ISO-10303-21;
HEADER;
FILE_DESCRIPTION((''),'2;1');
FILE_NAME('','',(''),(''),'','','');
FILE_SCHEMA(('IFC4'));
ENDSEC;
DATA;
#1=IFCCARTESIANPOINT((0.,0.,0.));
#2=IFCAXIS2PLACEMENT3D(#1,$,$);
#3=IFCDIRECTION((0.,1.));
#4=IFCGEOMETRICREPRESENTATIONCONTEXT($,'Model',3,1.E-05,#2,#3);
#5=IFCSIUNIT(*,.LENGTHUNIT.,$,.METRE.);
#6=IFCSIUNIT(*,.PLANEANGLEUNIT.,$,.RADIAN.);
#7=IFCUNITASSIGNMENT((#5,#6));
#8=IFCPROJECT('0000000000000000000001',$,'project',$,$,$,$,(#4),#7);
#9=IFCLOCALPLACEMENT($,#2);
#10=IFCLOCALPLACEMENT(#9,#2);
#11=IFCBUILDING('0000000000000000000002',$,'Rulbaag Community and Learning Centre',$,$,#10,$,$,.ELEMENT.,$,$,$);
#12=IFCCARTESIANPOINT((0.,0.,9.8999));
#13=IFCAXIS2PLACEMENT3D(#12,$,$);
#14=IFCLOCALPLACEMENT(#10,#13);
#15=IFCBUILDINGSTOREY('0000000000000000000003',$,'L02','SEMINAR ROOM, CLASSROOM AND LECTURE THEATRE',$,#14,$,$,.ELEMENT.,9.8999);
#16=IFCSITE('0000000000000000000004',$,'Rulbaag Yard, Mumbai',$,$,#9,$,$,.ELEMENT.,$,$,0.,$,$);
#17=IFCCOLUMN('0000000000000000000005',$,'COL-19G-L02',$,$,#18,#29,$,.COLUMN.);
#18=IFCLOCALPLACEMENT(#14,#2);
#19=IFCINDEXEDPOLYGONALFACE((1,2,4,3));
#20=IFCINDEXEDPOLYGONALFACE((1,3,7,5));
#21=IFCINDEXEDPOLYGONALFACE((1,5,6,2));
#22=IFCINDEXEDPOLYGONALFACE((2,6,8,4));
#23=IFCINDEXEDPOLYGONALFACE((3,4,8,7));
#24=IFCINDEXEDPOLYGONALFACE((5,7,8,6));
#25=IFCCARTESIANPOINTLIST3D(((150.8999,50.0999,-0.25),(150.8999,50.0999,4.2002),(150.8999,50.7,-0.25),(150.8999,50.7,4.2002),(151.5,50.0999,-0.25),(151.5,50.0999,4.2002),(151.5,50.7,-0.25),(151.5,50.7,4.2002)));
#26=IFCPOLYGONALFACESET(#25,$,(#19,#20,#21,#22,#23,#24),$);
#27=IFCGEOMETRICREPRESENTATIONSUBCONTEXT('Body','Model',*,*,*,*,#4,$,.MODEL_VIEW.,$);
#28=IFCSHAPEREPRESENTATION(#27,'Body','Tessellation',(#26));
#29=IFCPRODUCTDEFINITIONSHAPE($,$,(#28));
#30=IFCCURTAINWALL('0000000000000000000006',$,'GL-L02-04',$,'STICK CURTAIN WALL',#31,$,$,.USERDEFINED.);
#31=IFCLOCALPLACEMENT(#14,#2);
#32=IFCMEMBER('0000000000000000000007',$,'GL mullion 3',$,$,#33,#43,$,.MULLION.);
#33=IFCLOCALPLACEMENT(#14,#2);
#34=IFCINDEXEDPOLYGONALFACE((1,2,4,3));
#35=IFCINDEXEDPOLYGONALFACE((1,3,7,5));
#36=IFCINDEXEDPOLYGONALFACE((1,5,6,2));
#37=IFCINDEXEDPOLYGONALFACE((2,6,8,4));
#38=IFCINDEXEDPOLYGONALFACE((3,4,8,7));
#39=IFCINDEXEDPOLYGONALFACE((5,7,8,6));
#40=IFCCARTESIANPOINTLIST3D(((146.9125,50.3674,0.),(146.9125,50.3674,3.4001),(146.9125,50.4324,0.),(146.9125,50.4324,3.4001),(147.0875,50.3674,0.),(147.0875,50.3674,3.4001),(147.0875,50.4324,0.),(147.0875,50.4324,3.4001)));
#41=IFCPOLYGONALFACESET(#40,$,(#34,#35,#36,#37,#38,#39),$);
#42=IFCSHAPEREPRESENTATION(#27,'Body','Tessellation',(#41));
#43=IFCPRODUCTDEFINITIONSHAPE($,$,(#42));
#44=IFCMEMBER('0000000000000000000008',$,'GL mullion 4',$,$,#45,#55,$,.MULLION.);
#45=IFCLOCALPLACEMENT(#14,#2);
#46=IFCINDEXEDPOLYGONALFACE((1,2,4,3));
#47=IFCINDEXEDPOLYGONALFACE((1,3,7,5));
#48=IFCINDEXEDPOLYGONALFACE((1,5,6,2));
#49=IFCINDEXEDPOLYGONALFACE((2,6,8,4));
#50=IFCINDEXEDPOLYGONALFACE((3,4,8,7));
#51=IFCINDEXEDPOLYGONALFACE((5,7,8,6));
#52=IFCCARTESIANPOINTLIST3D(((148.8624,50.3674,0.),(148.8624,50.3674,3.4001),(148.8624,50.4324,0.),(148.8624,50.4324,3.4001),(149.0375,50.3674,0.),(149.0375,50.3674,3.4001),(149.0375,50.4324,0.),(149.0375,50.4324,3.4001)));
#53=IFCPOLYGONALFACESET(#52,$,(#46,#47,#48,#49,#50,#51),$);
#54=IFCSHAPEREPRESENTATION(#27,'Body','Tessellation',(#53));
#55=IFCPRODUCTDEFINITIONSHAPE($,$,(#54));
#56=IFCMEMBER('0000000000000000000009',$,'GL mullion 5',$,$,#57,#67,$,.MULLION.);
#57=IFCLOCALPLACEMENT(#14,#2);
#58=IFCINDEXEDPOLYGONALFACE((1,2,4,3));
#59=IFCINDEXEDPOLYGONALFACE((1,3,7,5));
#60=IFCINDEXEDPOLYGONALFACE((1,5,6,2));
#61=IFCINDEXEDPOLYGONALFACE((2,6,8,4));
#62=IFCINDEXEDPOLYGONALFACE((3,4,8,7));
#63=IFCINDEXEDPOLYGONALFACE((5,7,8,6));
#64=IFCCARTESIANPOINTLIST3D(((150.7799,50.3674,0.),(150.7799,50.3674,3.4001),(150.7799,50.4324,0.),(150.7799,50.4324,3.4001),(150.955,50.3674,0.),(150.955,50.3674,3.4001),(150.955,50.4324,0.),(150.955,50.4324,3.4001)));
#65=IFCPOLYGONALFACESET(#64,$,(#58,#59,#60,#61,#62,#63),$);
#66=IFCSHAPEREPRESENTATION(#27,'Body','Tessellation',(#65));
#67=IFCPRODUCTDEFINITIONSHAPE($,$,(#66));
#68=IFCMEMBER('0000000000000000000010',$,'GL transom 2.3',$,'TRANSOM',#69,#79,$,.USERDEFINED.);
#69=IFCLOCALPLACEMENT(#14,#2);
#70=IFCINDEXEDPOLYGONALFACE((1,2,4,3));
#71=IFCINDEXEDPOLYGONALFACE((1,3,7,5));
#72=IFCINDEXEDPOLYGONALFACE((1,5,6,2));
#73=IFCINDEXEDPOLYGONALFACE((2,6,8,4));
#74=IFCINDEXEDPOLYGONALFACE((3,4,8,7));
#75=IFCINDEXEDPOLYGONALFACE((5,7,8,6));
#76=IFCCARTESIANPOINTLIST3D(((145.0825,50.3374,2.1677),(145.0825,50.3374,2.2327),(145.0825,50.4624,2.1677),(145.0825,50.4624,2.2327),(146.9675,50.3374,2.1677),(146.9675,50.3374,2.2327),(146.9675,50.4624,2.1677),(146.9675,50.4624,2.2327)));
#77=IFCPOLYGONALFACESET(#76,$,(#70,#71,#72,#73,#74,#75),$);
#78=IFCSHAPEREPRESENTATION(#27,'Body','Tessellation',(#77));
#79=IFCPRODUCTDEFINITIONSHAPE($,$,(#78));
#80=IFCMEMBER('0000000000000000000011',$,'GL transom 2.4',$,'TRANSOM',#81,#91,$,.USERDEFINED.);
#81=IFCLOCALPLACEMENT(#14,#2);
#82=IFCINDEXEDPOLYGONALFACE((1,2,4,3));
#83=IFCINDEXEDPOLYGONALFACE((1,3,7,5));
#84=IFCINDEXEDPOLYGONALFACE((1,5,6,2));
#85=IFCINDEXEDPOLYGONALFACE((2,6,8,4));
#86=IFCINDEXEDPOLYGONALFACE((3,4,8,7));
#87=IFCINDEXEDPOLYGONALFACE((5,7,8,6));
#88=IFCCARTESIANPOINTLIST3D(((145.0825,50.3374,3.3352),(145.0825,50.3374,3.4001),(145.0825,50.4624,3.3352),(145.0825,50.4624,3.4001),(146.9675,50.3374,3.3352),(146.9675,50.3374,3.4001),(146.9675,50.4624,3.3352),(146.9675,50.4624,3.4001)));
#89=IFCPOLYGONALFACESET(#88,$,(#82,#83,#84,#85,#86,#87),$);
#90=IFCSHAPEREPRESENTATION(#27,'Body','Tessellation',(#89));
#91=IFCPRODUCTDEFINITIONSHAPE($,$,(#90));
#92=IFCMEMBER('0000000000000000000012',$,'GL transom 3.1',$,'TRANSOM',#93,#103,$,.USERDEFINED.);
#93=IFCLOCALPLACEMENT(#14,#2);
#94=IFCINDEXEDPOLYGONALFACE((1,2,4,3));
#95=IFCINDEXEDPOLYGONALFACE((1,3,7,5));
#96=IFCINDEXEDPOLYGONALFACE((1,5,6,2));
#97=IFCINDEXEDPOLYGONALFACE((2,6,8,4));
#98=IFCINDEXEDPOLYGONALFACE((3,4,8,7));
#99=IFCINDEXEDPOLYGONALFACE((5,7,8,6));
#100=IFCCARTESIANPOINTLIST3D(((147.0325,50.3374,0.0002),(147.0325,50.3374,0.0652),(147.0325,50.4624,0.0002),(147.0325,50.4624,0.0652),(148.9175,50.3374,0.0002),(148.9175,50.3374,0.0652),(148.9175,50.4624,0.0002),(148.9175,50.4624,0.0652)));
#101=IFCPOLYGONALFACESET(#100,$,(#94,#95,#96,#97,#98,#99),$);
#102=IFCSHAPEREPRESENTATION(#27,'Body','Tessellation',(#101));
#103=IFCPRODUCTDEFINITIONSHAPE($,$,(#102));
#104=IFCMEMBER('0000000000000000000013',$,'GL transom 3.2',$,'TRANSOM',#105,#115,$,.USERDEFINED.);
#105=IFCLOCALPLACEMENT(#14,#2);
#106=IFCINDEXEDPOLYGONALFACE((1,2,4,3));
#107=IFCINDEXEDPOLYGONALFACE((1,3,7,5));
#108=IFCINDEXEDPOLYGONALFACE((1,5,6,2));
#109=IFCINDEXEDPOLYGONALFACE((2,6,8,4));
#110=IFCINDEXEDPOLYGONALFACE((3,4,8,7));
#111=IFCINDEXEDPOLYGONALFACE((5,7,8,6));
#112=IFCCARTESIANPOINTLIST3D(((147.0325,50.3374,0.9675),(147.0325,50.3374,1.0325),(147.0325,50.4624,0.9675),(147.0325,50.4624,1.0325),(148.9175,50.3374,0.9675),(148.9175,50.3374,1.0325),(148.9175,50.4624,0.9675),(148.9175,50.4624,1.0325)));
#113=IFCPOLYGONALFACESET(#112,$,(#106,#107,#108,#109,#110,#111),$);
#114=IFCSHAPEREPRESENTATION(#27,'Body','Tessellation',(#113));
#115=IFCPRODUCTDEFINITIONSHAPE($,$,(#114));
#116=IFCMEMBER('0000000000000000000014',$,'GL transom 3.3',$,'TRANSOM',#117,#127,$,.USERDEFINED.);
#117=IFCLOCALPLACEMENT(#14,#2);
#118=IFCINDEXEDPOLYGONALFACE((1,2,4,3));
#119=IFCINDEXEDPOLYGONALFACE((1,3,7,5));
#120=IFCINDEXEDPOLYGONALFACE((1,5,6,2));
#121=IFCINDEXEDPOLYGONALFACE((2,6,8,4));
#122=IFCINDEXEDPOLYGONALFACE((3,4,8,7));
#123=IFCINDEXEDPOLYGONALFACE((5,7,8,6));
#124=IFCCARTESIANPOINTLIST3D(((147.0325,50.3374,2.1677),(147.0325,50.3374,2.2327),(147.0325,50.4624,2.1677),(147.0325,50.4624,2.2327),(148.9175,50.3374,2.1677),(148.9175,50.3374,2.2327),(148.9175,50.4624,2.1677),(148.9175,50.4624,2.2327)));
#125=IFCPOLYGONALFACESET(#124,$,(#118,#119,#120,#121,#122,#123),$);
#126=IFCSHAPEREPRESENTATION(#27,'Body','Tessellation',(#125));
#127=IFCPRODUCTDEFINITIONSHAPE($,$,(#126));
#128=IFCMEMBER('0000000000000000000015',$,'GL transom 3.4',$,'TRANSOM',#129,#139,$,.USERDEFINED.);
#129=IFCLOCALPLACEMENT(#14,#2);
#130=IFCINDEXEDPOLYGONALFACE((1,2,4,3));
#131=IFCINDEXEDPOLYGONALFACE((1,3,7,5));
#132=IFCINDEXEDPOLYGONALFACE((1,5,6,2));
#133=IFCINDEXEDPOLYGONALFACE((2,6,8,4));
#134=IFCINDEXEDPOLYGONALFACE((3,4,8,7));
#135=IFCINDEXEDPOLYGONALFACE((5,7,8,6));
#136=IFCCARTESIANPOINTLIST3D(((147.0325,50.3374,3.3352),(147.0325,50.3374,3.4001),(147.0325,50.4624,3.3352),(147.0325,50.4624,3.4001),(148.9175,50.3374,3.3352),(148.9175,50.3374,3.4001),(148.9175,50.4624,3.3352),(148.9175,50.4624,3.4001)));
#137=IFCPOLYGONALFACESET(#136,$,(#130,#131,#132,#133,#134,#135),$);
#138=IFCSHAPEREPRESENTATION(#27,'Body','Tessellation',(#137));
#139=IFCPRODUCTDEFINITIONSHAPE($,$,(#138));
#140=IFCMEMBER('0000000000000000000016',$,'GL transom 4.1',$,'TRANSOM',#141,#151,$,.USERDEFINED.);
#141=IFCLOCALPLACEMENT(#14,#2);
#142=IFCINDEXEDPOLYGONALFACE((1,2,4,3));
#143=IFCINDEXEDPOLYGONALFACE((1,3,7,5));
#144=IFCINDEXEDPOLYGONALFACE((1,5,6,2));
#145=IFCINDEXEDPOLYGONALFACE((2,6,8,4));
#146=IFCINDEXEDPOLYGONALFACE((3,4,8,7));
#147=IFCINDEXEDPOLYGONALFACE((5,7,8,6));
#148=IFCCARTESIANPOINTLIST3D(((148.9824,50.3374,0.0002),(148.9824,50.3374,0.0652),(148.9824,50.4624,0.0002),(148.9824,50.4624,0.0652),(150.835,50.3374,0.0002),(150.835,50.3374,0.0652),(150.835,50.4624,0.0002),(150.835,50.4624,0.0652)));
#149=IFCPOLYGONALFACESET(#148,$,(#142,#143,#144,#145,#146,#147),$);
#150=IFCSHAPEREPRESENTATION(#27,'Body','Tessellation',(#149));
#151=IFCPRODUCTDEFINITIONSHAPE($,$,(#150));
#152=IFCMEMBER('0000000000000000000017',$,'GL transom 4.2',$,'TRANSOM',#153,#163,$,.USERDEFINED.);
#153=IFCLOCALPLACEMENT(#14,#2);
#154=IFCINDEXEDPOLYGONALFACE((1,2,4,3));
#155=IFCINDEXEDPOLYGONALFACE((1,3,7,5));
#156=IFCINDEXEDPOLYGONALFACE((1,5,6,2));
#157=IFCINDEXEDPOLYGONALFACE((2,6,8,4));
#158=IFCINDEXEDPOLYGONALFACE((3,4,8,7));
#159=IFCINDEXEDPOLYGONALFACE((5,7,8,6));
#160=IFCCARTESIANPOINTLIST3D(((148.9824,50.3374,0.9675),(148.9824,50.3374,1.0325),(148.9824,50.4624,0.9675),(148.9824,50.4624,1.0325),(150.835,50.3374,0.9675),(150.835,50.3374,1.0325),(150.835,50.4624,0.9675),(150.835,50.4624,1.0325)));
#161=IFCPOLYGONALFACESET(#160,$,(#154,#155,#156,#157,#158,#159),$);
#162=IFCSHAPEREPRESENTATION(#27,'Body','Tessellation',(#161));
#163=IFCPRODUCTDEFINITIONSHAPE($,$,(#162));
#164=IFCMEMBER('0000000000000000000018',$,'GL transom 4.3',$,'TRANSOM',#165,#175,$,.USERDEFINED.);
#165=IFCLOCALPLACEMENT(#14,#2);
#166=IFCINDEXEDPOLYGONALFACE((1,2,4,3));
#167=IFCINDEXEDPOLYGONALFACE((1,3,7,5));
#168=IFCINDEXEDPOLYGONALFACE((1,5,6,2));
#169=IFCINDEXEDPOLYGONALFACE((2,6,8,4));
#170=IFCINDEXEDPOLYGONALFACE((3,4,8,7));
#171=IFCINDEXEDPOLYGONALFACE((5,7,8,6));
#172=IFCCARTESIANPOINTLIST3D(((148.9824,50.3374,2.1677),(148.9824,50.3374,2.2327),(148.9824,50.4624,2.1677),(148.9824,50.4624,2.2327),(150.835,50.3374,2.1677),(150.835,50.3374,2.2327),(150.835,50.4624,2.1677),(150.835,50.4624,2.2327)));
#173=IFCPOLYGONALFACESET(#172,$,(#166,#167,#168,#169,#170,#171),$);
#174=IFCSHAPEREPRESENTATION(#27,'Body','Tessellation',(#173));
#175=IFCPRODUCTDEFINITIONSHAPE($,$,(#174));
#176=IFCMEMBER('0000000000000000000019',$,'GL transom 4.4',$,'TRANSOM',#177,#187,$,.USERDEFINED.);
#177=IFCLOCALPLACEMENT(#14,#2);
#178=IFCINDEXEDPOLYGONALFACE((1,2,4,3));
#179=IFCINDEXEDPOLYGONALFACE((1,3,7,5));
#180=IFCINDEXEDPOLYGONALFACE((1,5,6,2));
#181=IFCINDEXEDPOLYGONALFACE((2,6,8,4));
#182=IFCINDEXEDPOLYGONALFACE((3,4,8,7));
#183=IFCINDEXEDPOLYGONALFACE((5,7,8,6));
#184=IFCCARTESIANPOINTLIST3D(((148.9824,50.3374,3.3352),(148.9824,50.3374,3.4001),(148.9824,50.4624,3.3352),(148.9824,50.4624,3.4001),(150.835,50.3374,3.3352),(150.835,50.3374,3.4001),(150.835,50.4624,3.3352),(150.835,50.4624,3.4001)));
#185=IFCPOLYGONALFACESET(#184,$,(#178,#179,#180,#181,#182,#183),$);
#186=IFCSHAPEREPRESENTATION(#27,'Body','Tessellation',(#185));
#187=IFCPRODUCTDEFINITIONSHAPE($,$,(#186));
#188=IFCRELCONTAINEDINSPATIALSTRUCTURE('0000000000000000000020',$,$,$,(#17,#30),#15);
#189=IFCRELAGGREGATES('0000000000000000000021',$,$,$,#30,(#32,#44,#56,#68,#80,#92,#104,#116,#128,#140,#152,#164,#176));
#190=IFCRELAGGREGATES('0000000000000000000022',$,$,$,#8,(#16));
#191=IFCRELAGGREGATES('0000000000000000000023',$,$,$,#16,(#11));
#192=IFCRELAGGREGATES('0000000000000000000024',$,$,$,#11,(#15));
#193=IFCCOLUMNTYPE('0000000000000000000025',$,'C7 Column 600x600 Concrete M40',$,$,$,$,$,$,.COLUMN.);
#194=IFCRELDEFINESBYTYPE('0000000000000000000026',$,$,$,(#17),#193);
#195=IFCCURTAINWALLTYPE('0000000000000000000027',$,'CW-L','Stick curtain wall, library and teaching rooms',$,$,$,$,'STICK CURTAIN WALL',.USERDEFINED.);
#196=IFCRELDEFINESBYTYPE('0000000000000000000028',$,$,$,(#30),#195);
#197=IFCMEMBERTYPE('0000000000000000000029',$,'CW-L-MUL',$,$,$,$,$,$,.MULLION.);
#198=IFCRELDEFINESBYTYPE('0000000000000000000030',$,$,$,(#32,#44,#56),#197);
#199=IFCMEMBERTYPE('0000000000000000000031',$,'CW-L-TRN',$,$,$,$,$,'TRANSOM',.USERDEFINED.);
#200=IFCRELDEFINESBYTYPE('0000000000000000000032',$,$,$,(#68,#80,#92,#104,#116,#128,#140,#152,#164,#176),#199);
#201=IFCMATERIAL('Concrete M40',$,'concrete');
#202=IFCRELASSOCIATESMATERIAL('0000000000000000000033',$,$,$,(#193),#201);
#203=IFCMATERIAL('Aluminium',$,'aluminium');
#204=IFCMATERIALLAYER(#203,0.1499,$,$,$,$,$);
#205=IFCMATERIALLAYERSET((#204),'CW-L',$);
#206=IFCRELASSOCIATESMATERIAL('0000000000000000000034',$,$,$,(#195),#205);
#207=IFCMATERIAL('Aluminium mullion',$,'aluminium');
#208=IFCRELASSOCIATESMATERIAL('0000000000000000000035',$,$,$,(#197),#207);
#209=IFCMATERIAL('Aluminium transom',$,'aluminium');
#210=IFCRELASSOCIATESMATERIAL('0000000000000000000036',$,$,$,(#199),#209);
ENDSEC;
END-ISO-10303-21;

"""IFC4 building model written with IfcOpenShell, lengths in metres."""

from ifc_helpers import new_model, si_unit, direction, frame, origin, origin_2d, place, context, subcontext, project, spatial, rectangle, extrude, material, layer, layer_set, material_profile, profile_set, type_object, element, aggregate, save


model = new_model("IFC4")

# Units and contexts
model_context = context("Model", 3, precision=1e-05, world=origin(), true_north=direction((0.0, 1.0)))
body_context = subcontext(model_context, "Body", "Model", "MODEL_VIEW")
ifc_project = project(units=[si_unit("LENGTHUNIT", "METRE"), si_unit("PLANEANGLEUNIT", "RADIAN")], contexts=[model_context])

# Site, building, storey
site_placement = place(None, origin())
site = spatial("IfcSite", under=ifc_project, at=site_placement, Name="Rulbaag Yard, Mumbai", CompositionType="ELEMENT", RefElevation=0.0)
building_placement = place(site_placement, origin())
building = spatial("IfcBuilding", under=site, at=building_placement, Name="Rulbaag Community and Learning Centre", CompositionType="ELEMENT")
storey_placement = place(building_placement, frame((0.0, 0.0, 9.8999)))
storey = spatial("IfcBuildingStorey", under=building, at=storey_placement, Name="L02", Description="SEMINAR ROOM, CLASSROOM AND LECTURE THEATRE", CompositionType="ELEMENT", Elevation=9.8999)

# Column
ifc_material_1 = material(Name="Concrete M40", Category="concrete")
ifc_material_profile_1 = material_profile(ifc_material_1, rectangle(XDim=0.6001, YDim=0.6001, at=origin_2d()), Name="RC600x600")
ifc_profile_set_1 = profile_set([ifc_material_profile_1], Name="Concrete M40")
column_type = type_object("IfcColumnType", Name="C7 Column 600x600 Concrete M40", PredefinedType="COLUMN", material=ifc_profile_set_1)
column_placement = place(storey_placement, frame((151.2, 50.3999, -0.25), z_axis=(0.0, 0.0, 1.0), x_axis=(1.0, 0.0, 0.0)))
element("IfcColumn", 1, at=column_placement, inside=storey, type_object=column_type, Name="COL-19G-L02", PredefinedType="COLUMN", context=body_context, shape_type="SweptSolid", body=[
    extrude(rectangle(XDim=0.6001, YDim=0.6001, at=origin_2d()), origin(), (0.0, 0.0, 1.0), 4.4502),
])

# Curtain wall, members
ifc_material_2 = material(Name="Aluminium", Category="aluminium")
ifc_layer_1 = layer(ifc_material_2, 0.1499)
ifc_layer_set_1 = layer_set([ifc_layer_1], Name="CW-L")
curtain_wall_type = type_object("IfcCurtainWallType", Name="CW-L", Description="Stick curtain wall, library and teaching rooms", ElementType="STICK CURTAIN WALL", PredefinedType="USERDEFINED", material=ifc_layer_set_1)
curtain_wall_placement = place(storey_placement, origin())
curtain_wall = element("IfcCurtainWall", 2, at=curtain_wall_placement, inside=storey, type_object=curtain_wall_type, Name="GL-L02-04", ObjectType="STICK CURTAIN WALL", PredefinedType="USERDEFINED")
ifc_material_3 = material(Name="Aluminium mullion", Category="aluminium")
ifc_material_profile_2 = material_profile(ifc_material_3, rectangle(XDim=0.0649, YDim=0.175, at=origin_2d()), Name="AL 65x175")
ifc_profile_set_2 = profile_set([ifc_material_profile_2], Name="Aluminium mullion")
member_type_1 = type_object("IfcMemberType", Name="CW-L-MUL", PredefinedType="MULLION", material=ifc_profile_set_2)
member_1_placement = place(storey_placement, frame((147.0, 50.3999, 0.0), z_axis=(0.0, 0.0, 1.0), x_axis=(0.0, 1.0, 0.0)))
member_1 = element("IfcMember", 3, at=member_1_placement, type_object=member_type_1, Name="GL mullion 3", PredefinedType="MULLION", context=body_context, shape_type="SweptSolid", body=[
    extrude(rectangle(XDim=0.0649, YDim=0.175, at=origin_2d()), origin(), (0.0, 0.0, 1.0), 3.4001),
])
member_2_placement = place(storey_placement, frame((148.95, 50.3999, 0.0), z_axis=(0.0, 0.0, 1.0), x_axis=(0.0, 1.0, 0.0)))
member_2 = element("IfcMember", 4, at=member_2_placement, type_object=member_type_1, Name="GL mullion 4", PredefinedType="MULLION", context=body_context, shape_type="SweptSolid", body=[
    extrude(rectangle(XDim=0.0649, YDim=0.175, at=origin_2d()), origin(), (0.0, 0.0, 1.0), 3.4001),
])
member_3_placement = place(storey_placement, frame((150.8674, 50.3999, 0.0), z_axis=(0.0, 0.0, 1.0), x_axis=(0.0, 1.0, 0.0)))
member_3 = element("IfcMember", 5, at=member_3_placement, type_object=member_type_1, Name="GL mullion 5", PredefinedType="MULLION", context=body_context, shape_type="SweptSolid", body=[
    extrude(rectangle(XDim=0.0649, YDim=0.175, at=origin_2d()), origin(), (0.0, 0.0, 1.0), 3.4001),
])
ifc_material_4 = material(Name="Aluminium transom", Category="aluminium")
ifc_material_profile_3 = material_profile(ifc_material_4, rectangle(XDim=0.125, YDim=0.0649, at=origin_2d()), Name="AL 65x125 T")
ifc_profile_set_3 = profile_set([ifc_material_profile_3], Name="Aluminium transom")
member_type_2 = type_object("IfcMemberType", Name="CW-L-TRN", ElementType="TRANSOM", PredefinedType="USERDEFINED", material=ifc_profile_set_3)
member_4_placement = place(storey_placement, frame((145.0825, 50.3999, 2.2002), z_axis=(1.0, 0.0, 0.0), x_axis=(0.0, 1.0, 0.0)))
member_4 = element("IfcMember", 6, at=member_4_placement, type_object=member_type_2, Name="GL transom 2.3", ObjectType="TRANSOM", PredefinedType="USERDEFINED", context=body_context, shape_type="SweptSolid", body=[
    extrude(rectangle(XDim=0.125, YDim=0.0649, at=origin_2d()), origin(), (0.0, 0.0, 1.0), 1.885),
])
member_5_placement = place(storey_placement, frame((145.0825, 50.3999, 3.3677), z_axis=(1.0, 0.0, 0.0), x_axis=(0.0, 1.0, 0.0)))
member_5 = element("IfcMember", 7, at=member_5_placement, type_object=member_type_2, Name="GL transom 2.4", ObjectType="TRANSOM", PredefinedType="USERDEFINED", context=body_context, shape_type="SweptSolid", body=[
    extrude(rectangle(XDim=0.125, YDim=0.0649, at=origin_2d()), origin(), (0.0, 0.0, 1.0), 1.885),
])
member_6_placement = place(storey_placement, frame((147.0325, 50.3999, 0.0327), z_axis=(1.0, 0.0, 0.0), x_axis=(0.0, 1.0, 0.0)))
member_6 = element("IfcMember", 8, at=member_6_placement, type_object=member_type_2, Name="GL transom 3.1", ObjectType="TRANSOM", PredefinedType="USERDEFINED", context=body_context, shape_type="SweptSolid", body=[
    extrude(rectangle(XDim=0.125, YDim=0.0649, at=origin_2d()), origin(), (0.0, 0.0, 1.0), 1.885),
])
member_7_placement = place(storey_placement, frame((147.0325, 50.3999, 1.0), z_axis=(1.0, 0.0, 0.0), x_axis=(0.0, 1.0, 0.0)))
member_7 = element("IfcMember", 9, at=member_7_placement, type_object=member_type_2, Name="GL transom 3.2", ObjectType="TRANSOM", PredefinedType="USERDEFINED", context=body_context, shape_type="SweptSolid", body=[
    extrude(rectangle(XDim=0.125, YDim=0.0649, at=origin_2d()), origin(), (0.0, 0.0, 1.0), 1.885),
])
member_8_placement = place(storey_placement, frame((147.0325, 50.3999, 2.2002), z_axis=(1.0, 0.0, 0.0), x_axis=(0.0, 1.0, 0.0)))
member_8 = element("IfcMember", 10, at=member_8_placement, type_object=member_type_2, Name="GL transom 3.3", ObjectType="TRANSOM", PredefinedType="USERDEFINED", context=body_context, shape_type="SweptSolid", body=[
    extrude(rectangle(XDim=0.125, YDim=0.0649, at=origin_2d()), origin(), (0.0, 0.0, 1.0), 1.885),
])
member_9_placement = place(storey_placement, frame((147.0325, 50.3999, 3.3677), z_axis=(1.0, 0.0, 0.0), x_axis=(0.0, 1.0, 0.0)))
member_9 = element("IfcMember", 11, at=member_9_placement, type_object=member_type_2, Name="GL transom 3.4", ObjectType="TRANSOM", PredefinedType="USERDEFINED", context=body_context, shape_type="SweptSolid", body=[
    extrude(rectangle(XDim=0.125, YDim=0.0649, at=origin_2d()), origin(), (0.0, 0.0, 1.0), 1.885),
])
member_10_placement = place(storey_placement, frame((148.9824, 50.3999, 0.0327), z_axis=(1.0, 0.0, 0.0), x_axis=(0.0, 1.0, 0.0)))
member_10 = element("IfcMember", 12, at=member_10_placement, type_object=member_type_2, Name="GL transom 4.1", ObjectType="TRANSOM", PredefinedType="USERDEFINED", context=body_context, shape_type="SweptSolid", body=[
    extrude(rectangle(XDim=0.125, YDim=0.0649, at=origin_2d()), origin(), (0.0, 0.0, 1.0), 1.8525),
])
member_11_placement = place(storey_placement, frame((148.9824, 50.3999, 1.0), z_axis=(1.0, 0.0, 0.0), x_axis=(0.0, 1.0, 0.0)))
member_11 = element("IfcMember", 13, at=member_11_placement, type_object=member_type_2, Name="GL transom 4.2", ObjectType="TRANSOM", PredefinedType="USERDEFINED", context=body_context, shape_type="SweptSolid", body=[
    extrude(rectangle(XDim=0.125, YDim=0.0649, at=origin_2d()), origin(), (0.0, 0.0, 1.0), 1.8525),
])
member_12_placement = place(storey_placement, frame((148.9824, 50.3999, 2.2002), z_axis=(1.0, 0.0, 0.0), x_axis=(0.0, 1.0, 0.0)))
member_12 = element("IfcMember", 14, at=member_12_placement, type_object=member_type_2, Name="GL transom 4.3", ObjectType="TRANSOM", PredefinedType="USERDEFINED", context=body_context, shape_type="SweptSolid", body=[
    extrude(rectangle(XDim=0.125, YDim=0.0649, at=origin_2d()), origin(), (0.0, 0.0, 1.0), 1.8525),
])
member_13_placement = place(storey_placement, frame((148.9824, 50.3999, 3.3677), z_axis=(1.0, 0.0, 0.0), x_axis=(0.0, 1.0, 0.0)))
member_13 = element("IfcMember", 15, at=member_13_placement, type_object=member_type_2, Name="GL transom 4.4", ObjectType="TRANSOM", PredefinedType="USERDEFINED", context=body_context, shape_type="SweptSolid", body=[
    extrude(rectangle(XDim=0.125, YDim=0.0649, at=origin_2d()), origin(), (0.0, 0.0, 1.0), 1.8525),
])
aggregate(curtain_wall, [member_1, member_2, member_3, member_4, member_5, member_6, member_7, member_8, member_9, member_10, member_11, member_12, member_13])

save(model, "model.ifc")
